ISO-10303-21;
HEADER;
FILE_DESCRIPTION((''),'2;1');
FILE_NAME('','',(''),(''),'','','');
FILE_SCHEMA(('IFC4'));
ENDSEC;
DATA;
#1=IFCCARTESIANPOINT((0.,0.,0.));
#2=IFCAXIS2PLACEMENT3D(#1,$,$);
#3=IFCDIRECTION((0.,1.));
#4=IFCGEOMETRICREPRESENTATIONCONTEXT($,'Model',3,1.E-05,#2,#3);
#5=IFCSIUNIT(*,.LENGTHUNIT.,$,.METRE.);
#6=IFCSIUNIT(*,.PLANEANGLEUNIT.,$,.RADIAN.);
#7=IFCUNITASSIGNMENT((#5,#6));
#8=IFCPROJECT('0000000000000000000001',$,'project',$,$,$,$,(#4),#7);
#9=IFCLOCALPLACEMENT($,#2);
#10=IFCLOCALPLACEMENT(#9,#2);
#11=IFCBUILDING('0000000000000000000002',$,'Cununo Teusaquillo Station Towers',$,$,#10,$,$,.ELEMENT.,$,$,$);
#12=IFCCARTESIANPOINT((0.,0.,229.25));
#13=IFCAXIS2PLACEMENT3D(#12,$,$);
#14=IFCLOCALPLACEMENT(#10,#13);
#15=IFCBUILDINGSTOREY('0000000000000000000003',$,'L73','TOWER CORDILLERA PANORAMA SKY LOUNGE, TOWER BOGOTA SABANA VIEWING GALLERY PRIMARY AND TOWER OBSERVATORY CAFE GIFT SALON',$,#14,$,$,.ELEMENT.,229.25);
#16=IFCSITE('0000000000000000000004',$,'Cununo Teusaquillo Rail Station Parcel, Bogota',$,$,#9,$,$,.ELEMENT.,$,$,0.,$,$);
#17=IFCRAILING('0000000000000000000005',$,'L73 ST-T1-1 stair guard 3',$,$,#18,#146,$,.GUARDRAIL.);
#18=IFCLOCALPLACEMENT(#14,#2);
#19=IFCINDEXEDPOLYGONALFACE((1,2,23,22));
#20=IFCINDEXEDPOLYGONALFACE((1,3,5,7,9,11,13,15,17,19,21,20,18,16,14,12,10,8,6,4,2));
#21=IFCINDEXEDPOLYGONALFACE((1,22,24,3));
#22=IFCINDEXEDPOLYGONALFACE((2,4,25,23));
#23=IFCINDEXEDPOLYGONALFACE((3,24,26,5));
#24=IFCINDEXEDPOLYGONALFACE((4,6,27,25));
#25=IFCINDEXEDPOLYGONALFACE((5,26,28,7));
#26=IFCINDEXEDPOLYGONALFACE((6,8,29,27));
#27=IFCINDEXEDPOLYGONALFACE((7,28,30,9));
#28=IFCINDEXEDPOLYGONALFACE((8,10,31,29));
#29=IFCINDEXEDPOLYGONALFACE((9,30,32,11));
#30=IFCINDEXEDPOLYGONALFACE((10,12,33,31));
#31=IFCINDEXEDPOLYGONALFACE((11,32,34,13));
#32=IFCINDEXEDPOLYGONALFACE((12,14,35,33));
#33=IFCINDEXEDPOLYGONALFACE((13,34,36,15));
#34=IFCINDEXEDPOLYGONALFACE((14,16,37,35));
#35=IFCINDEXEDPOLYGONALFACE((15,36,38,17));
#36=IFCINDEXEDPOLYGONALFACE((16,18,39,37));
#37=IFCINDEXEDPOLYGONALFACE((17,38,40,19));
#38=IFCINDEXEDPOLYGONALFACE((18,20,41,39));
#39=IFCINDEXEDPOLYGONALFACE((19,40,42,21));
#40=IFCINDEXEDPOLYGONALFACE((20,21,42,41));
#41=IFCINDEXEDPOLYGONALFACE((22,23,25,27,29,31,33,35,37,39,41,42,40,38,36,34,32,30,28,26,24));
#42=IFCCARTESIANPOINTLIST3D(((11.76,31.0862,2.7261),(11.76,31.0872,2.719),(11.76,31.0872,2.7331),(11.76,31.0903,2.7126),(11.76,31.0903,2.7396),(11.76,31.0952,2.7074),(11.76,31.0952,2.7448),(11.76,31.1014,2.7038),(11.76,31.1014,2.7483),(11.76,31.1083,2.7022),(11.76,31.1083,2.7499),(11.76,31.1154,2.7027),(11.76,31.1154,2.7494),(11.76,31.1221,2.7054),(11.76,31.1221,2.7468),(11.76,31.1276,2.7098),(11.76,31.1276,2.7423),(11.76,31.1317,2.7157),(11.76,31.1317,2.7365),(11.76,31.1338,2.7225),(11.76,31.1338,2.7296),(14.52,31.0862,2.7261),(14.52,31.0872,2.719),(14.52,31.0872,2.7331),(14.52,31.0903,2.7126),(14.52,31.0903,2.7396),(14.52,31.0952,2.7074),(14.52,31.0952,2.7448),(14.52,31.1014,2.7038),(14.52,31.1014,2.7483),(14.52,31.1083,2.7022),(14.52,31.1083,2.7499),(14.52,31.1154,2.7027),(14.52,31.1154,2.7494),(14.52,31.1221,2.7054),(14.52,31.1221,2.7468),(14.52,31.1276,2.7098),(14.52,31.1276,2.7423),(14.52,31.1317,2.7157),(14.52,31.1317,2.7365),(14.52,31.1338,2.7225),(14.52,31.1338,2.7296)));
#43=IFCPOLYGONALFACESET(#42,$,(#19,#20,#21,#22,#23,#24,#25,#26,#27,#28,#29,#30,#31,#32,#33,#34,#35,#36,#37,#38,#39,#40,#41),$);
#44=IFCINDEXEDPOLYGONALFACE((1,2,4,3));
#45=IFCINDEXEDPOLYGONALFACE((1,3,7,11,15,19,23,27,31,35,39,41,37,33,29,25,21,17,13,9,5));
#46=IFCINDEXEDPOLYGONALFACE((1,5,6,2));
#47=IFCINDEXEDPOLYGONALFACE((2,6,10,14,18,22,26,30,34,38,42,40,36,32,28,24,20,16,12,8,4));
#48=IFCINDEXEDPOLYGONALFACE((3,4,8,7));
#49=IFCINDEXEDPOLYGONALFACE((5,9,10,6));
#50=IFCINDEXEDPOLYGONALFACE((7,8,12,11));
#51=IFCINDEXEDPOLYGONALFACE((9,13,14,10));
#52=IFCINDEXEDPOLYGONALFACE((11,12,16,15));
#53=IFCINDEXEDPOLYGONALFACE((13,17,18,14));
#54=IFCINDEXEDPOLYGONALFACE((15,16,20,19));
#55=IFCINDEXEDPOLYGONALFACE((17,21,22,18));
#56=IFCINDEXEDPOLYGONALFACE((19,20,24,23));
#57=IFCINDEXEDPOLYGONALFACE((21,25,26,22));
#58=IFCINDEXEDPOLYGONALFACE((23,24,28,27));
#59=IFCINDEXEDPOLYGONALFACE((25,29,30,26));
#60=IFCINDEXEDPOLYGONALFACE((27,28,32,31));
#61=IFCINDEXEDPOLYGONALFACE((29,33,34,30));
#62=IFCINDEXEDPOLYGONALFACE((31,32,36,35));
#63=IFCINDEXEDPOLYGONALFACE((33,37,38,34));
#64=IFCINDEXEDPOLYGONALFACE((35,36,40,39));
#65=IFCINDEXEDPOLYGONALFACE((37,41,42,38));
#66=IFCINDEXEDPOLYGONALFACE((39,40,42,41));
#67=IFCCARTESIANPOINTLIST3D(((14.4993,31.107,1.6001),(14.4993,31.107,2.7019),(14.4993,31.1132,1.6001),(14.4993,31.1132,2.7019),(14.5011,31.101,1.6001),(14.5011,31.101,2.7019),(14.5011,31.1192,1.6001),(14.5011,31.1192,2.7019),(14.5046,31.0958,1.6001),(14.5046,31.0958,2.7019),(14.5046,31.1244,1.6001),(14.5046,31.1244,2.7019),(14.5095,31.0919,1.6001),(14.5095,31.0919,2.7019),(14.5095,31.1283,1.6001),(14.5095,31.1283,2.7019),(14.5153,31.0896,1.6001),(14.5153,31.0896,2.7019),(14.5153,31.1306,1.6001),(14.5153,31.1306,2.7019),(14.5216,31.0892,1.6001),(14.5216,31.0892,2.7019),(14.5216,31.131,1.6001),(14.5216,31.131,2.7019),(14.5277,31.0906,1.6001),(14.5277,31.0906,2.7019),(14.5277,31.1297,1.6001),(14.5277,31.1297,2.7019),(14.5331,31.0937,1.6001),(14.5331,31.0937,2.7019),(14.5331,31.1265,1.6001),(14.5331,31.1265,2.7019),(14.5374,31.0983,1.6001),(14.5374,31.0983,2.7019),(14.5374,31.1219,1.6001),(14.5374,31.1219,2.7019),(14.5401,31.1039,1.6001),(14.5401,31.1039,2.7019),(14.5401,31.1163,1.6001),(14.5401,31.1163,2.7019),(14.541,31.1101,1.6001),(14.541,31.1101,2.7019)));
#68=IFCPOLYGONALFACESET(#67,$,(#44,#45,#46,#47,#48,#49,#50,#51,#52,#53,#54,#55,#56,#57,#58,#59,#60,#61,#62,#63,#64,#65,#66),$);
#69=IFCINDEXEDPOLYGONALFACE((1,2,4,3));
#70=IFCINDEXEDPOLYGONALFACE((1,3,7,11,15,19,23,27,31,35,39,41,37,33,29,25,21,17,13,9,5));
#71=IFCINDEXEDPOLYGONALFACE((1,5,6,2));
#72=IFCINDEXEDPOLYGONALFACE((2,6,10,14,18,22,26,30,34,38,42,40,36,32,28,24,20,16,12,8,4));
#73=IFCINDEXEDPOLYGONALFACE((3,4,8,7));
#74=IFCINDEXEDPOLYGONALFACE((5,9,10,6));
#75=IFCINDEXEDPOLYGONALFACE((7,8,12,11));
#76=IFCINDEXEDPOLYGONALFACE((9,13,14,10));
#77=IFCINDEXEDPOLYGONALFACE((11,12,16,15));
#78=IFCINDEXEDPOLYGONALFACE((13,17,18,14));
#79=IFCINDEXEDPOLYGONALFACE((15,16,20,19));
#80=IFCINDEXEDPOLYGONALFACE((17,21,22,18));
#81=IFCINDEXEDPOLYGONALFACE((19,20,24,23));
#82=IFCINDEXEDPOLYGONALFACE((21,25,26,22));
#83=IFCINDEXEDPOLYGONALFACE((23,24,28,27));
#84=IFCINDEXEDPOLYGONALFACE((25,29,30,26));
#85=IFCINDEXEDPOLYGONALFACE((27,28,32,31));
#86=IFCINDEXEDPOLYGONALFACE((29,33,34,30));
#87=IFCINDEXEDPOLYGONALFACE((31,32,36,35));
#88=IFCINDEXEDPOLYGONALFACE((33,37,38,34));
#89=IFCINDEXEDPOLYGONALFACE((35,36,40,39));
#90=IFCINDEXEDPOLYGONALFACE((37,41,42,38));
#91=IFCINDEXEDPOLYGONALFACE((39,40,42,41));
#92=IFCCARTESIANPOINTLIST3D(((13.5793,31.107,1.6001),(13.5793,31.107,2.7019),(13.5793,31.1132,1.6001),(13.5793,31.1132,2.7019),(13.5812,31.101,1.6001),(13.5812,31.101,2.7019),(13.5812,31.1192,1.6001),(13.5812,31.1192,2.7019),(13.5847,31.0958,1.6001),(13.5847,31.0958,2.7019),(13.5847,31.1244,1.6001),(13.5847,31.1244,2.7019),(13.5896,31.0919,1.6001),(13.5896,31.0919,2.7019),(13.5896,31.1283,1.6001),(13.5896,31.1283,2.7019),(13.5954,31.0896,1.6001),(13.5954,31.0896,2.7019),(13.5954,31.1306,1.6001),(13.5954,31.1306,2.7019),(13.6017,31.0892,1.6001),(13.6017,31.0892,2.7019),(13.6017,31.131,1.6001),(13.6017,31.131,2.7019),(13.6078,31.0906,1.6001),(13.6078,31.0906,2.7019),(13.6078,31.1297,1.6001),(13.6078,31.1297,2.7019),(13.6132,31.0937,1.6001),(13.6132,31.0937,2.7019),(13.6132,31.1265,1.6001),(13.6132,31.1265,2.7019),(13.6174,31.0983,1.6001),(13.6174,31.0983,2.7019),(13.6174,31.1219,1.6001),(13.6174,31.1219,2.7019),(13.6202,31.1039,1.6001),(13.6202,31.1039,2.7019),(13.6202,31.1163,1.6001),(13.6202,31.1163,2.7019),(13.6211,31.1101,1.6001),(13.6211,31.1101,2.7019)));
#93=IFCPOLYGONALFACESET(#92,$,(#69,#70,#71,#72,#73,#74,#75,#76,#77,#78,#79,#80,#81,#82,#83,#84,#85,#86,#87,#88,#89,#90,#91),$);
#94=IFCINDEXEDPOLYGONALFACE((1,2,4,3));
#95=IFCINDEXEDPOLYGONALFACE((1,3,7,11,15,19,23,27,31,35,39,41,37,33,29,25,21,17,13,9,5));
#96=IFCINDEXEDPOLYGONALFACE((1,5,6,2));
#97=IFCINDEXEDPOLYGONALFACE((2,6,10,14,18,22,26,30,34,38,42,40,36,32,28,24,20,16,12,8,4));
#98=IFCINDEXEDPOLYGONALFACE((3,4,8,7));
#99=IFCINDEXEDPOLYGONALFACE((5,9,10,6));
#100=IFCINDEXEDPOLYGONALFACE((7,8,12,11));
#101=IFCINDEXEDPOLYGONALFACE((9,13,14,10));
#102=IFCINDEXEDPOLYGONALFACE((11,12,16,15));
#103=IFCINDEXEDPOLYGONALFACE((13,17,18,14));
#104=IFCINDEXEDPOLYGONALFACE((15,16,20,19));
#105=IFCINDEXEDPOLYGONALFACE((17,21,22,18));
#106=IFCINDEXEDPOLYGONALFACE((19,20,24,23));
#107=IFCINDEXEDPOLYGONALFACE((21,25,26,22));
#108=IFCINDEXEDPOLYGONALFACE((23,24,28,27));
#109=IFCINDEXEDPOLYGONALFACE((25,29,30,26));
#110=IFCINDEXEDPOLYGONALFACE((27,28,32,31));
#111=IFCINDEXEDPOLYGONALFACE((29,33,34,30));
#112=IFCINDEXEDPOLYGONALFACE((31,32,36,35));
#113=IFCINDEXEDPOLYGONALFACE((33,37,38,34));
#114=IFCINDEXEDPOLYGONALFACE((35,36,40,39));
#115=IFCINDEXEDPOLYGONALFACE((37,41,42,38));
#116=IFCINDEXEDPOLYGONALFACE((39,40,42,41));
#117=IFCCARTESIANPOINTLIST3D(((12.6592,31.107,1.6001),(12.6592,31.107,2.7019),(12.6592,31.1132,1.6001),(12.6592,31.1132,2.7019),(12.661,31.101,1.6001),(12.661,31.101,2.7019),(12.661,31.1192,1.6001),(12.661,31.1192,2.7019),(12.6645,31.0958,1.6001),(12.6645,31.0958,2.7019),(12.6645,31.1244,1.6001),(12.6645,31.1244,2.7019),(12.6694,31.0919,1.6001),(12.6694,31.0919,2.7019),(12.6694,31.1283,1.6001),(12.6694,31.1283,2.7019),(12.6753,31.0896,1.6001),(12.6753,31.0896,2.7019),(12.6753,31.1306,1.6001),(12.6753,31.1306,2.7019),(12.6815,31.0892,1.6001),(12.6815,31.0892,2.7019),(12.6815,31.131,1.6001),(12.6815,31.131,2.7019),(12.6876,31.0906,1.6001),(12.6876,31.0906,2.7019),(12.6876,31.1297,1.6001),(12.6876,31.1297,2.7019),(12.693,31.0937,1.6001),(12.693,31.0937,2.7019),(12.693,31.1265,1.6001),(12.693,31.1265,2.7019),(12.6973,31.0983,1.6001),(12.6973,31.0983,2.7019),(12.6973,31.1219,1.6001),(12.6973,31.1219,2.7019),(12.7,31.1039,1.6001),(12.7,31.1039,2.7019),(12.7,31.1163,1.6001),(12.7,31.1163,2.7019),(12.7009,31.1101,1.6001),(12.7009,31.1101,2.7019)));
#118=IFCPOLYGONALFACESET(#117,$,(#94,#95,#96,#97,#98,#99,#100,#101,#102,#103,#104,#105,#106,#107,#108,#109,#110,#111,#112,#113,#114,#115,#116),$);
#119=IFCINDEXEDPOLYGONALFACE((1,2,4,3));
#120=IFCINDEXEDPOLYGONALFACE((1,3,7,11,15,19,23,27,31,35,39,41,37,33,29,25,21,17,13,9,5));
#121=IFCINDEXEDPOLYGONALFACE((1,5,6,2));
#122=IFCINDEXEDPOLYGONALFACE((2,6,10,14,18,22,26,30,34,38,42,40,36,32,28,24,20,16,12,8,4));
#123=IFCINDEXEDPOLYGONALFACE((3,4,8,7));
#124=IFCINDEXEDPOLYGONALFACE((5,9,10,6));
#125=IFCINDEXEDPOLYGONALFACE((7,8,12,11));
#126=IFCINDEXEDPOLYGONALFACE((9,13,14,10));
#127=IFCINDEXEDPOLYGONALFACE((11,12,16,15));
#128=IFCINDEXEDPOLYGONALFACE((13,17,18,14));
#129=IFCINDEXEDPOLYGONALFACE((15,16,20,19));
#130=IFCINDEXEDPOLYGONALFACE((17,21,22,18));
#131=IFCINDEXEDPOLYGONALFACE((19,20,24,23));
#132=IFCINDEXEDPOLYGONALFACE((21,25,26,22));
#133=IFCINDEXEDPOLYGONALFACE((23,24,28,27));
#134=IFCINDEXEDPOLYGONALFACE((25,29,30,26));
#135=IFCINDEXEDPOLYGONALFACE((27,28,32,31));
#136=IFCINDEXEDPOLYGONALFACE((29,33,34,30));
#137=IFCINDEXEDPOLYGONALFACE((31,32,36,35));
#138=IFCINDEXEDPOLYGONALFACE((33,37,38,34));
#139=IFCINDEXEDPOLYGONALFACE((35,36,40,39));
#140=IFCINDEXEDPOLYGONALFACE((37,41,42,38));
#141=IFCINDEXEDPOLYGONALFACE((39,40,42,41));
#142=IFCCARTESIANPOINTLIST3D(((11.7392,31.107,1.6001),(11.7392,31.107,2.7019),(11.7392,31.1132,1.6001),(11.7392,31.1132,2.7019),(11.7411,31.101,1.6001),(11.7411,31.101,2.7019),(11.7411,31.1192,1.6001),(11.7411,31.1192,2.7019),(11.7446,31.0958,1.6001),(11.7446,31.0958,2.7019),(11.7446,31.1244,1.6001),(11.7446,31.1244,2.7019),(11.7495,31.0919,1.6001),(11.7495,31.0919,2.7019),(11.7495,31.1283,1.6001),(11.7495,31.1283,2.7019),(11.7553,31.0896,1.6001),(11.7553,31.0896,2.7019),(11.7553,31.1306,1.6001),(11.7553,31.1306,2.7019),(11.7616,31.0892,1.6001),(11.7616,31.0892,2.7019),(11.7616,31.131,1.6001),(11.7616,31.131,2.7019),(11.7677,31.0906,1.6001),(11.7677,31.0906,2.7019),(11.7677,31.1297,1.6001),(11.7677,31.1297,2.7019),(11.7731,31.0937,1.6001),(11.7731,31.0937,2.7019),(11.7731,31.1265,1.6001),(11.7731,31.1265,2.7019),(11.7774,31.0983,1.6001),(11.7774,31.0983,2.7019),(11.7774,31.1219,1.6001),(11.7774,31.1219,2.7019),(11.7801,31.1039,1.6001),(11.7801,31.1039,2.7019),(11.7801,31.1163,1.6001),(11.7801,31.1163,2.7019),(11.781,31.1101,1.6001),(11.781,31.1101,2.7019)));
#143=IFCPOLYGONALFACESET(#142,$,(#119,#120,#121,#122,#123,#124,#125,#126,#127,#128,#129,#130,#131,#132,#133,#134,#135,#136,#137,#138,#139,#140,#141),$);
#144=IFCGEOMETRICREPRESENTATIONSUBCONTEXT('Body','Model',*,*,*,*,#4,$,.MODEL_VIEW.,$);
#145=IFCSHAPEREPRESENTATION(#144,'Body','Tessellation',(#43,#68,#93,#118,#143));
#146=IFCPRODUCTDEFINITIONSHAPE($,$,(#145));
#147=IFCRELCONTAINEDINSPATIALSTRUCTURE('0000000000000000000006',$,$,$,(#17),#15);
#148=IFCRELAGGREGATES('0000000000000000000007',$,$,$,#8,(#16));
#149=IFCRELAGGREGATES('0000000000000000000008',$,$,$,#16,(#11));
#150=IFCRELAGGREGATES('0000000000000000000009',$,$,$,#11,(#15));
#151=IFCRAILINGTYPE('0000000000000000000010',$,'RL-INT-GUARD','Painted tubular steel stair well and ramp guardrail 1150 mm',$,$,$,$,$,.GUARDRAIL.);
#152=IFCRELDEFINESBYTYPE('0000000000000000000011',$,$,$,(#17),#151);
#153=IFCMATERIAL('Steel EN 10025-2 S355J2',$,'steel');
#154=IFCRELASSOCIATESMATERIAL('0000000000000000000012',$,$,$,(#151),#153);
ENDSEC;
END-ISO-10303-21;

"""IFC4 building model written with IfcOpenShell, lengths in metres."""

from ifc_helpers import new_model, si_unit, direction, frame, origin, origin_2d, place, context, subcontext, project, spatial, circle, extrude, material, type_object, element, save


model = new_model("IFC4")

# Units and contexts
model_context = context("Model", 3, precision=1e-05, world=origin(), true_north=direction((0.0, 1.0)))
body_context = subcontext(model_context, "Body", "Model", "MODEL_VIEW")
ifc_project = project(units=[si_unit("LENGTHUNIT", "METRE"), si_unit("PLANEANGLEUNIT", "RADIAN")], contexts=[model_context])

# Site, building, storey
site_placement = place(None, origin())
site = spatial("IfcSite", under=ifc_project, at=site_placement, Name="Cununo Teusaquillo Rail Station Parcel, Bogota", CompositionType="ELEMENT", RefElevation=0.0)
building_placement = place(site_placement, origin())
building = spatial("IfcBuilding", under=site, at=building_placement, Name="Cununo Teusaquillo Station Towers", CompositionType="ELEMENT")
storey_placement = place(building_placement, frame((0.0, 0.0, 229.25)))
storey = spatial("IfcBuildingStorey", under=building, at=storey_placement, Name="L73", Description="TOWER CORDILLERA PANORAMA SKY LOUNGE, TOWER BOGOTA SABANA VIEWING GALLERY PRIMARY AND TOWER OBSERVATORY CAFE GIFT SALON", CompositionType="ELEMENT", Elevation=229.25)

# Railing
ifc_material_1 = material(Name="Steel EN 10025-2 S355J2", Category="steel")
railing_type_1 = type_object("IfcRailingType", Name="RL-INT-GUARD", Description="Painted tubular steel stair well and ramp guardrail 1150 mm", PredefinedType="GUARDRAIL", material=ifc_material_1)
railing_1_placement = place(storey_placement, frame((14.52, 31.1101, 1.6001)))
element("IfcRailing", 1, at=railing_1_placement, inside=storey, type_object=railing_type_1, Name="L73 ST-T1-1 stair guard 3", PredefinedType="GUARDRAIL", context=body_context, shape_type="SweptSolid", body=[
    extrude(circle(Radius=0.0239, at=origin_2d()), frame((0.0, 0.0, 1.126), z_axis=(-1.0, 0.0, 0.0), x_axis=(0.0, -1.0, 0.0)), (0.0, 0.0, 1.0), 2.76),
    extrude(circle(Radius=0.021, at=origin_2d()), origin(), (0.0, 0.0, 1.0), 1.1018),
    extrude(circle(Radius=0.021, at=origin_2d()), frame((-0.9199, 0.0, 0.0)), (0.0, 0.0, 1.0), 1.1018),
    extrude(circle(Radius=0.021, at=origin_2d()), frame((-1.8401, 0.0, 0.0)), (0.0, 0.0, 1.0), 1.1018),
    extrude(circle(Radius=0.021, at=origin_2d()), frame((-2.76, 0.0, 0.0)), (0.0, 0.0, 1.0), 1.1018),
])

save(model, "model.ifc")
